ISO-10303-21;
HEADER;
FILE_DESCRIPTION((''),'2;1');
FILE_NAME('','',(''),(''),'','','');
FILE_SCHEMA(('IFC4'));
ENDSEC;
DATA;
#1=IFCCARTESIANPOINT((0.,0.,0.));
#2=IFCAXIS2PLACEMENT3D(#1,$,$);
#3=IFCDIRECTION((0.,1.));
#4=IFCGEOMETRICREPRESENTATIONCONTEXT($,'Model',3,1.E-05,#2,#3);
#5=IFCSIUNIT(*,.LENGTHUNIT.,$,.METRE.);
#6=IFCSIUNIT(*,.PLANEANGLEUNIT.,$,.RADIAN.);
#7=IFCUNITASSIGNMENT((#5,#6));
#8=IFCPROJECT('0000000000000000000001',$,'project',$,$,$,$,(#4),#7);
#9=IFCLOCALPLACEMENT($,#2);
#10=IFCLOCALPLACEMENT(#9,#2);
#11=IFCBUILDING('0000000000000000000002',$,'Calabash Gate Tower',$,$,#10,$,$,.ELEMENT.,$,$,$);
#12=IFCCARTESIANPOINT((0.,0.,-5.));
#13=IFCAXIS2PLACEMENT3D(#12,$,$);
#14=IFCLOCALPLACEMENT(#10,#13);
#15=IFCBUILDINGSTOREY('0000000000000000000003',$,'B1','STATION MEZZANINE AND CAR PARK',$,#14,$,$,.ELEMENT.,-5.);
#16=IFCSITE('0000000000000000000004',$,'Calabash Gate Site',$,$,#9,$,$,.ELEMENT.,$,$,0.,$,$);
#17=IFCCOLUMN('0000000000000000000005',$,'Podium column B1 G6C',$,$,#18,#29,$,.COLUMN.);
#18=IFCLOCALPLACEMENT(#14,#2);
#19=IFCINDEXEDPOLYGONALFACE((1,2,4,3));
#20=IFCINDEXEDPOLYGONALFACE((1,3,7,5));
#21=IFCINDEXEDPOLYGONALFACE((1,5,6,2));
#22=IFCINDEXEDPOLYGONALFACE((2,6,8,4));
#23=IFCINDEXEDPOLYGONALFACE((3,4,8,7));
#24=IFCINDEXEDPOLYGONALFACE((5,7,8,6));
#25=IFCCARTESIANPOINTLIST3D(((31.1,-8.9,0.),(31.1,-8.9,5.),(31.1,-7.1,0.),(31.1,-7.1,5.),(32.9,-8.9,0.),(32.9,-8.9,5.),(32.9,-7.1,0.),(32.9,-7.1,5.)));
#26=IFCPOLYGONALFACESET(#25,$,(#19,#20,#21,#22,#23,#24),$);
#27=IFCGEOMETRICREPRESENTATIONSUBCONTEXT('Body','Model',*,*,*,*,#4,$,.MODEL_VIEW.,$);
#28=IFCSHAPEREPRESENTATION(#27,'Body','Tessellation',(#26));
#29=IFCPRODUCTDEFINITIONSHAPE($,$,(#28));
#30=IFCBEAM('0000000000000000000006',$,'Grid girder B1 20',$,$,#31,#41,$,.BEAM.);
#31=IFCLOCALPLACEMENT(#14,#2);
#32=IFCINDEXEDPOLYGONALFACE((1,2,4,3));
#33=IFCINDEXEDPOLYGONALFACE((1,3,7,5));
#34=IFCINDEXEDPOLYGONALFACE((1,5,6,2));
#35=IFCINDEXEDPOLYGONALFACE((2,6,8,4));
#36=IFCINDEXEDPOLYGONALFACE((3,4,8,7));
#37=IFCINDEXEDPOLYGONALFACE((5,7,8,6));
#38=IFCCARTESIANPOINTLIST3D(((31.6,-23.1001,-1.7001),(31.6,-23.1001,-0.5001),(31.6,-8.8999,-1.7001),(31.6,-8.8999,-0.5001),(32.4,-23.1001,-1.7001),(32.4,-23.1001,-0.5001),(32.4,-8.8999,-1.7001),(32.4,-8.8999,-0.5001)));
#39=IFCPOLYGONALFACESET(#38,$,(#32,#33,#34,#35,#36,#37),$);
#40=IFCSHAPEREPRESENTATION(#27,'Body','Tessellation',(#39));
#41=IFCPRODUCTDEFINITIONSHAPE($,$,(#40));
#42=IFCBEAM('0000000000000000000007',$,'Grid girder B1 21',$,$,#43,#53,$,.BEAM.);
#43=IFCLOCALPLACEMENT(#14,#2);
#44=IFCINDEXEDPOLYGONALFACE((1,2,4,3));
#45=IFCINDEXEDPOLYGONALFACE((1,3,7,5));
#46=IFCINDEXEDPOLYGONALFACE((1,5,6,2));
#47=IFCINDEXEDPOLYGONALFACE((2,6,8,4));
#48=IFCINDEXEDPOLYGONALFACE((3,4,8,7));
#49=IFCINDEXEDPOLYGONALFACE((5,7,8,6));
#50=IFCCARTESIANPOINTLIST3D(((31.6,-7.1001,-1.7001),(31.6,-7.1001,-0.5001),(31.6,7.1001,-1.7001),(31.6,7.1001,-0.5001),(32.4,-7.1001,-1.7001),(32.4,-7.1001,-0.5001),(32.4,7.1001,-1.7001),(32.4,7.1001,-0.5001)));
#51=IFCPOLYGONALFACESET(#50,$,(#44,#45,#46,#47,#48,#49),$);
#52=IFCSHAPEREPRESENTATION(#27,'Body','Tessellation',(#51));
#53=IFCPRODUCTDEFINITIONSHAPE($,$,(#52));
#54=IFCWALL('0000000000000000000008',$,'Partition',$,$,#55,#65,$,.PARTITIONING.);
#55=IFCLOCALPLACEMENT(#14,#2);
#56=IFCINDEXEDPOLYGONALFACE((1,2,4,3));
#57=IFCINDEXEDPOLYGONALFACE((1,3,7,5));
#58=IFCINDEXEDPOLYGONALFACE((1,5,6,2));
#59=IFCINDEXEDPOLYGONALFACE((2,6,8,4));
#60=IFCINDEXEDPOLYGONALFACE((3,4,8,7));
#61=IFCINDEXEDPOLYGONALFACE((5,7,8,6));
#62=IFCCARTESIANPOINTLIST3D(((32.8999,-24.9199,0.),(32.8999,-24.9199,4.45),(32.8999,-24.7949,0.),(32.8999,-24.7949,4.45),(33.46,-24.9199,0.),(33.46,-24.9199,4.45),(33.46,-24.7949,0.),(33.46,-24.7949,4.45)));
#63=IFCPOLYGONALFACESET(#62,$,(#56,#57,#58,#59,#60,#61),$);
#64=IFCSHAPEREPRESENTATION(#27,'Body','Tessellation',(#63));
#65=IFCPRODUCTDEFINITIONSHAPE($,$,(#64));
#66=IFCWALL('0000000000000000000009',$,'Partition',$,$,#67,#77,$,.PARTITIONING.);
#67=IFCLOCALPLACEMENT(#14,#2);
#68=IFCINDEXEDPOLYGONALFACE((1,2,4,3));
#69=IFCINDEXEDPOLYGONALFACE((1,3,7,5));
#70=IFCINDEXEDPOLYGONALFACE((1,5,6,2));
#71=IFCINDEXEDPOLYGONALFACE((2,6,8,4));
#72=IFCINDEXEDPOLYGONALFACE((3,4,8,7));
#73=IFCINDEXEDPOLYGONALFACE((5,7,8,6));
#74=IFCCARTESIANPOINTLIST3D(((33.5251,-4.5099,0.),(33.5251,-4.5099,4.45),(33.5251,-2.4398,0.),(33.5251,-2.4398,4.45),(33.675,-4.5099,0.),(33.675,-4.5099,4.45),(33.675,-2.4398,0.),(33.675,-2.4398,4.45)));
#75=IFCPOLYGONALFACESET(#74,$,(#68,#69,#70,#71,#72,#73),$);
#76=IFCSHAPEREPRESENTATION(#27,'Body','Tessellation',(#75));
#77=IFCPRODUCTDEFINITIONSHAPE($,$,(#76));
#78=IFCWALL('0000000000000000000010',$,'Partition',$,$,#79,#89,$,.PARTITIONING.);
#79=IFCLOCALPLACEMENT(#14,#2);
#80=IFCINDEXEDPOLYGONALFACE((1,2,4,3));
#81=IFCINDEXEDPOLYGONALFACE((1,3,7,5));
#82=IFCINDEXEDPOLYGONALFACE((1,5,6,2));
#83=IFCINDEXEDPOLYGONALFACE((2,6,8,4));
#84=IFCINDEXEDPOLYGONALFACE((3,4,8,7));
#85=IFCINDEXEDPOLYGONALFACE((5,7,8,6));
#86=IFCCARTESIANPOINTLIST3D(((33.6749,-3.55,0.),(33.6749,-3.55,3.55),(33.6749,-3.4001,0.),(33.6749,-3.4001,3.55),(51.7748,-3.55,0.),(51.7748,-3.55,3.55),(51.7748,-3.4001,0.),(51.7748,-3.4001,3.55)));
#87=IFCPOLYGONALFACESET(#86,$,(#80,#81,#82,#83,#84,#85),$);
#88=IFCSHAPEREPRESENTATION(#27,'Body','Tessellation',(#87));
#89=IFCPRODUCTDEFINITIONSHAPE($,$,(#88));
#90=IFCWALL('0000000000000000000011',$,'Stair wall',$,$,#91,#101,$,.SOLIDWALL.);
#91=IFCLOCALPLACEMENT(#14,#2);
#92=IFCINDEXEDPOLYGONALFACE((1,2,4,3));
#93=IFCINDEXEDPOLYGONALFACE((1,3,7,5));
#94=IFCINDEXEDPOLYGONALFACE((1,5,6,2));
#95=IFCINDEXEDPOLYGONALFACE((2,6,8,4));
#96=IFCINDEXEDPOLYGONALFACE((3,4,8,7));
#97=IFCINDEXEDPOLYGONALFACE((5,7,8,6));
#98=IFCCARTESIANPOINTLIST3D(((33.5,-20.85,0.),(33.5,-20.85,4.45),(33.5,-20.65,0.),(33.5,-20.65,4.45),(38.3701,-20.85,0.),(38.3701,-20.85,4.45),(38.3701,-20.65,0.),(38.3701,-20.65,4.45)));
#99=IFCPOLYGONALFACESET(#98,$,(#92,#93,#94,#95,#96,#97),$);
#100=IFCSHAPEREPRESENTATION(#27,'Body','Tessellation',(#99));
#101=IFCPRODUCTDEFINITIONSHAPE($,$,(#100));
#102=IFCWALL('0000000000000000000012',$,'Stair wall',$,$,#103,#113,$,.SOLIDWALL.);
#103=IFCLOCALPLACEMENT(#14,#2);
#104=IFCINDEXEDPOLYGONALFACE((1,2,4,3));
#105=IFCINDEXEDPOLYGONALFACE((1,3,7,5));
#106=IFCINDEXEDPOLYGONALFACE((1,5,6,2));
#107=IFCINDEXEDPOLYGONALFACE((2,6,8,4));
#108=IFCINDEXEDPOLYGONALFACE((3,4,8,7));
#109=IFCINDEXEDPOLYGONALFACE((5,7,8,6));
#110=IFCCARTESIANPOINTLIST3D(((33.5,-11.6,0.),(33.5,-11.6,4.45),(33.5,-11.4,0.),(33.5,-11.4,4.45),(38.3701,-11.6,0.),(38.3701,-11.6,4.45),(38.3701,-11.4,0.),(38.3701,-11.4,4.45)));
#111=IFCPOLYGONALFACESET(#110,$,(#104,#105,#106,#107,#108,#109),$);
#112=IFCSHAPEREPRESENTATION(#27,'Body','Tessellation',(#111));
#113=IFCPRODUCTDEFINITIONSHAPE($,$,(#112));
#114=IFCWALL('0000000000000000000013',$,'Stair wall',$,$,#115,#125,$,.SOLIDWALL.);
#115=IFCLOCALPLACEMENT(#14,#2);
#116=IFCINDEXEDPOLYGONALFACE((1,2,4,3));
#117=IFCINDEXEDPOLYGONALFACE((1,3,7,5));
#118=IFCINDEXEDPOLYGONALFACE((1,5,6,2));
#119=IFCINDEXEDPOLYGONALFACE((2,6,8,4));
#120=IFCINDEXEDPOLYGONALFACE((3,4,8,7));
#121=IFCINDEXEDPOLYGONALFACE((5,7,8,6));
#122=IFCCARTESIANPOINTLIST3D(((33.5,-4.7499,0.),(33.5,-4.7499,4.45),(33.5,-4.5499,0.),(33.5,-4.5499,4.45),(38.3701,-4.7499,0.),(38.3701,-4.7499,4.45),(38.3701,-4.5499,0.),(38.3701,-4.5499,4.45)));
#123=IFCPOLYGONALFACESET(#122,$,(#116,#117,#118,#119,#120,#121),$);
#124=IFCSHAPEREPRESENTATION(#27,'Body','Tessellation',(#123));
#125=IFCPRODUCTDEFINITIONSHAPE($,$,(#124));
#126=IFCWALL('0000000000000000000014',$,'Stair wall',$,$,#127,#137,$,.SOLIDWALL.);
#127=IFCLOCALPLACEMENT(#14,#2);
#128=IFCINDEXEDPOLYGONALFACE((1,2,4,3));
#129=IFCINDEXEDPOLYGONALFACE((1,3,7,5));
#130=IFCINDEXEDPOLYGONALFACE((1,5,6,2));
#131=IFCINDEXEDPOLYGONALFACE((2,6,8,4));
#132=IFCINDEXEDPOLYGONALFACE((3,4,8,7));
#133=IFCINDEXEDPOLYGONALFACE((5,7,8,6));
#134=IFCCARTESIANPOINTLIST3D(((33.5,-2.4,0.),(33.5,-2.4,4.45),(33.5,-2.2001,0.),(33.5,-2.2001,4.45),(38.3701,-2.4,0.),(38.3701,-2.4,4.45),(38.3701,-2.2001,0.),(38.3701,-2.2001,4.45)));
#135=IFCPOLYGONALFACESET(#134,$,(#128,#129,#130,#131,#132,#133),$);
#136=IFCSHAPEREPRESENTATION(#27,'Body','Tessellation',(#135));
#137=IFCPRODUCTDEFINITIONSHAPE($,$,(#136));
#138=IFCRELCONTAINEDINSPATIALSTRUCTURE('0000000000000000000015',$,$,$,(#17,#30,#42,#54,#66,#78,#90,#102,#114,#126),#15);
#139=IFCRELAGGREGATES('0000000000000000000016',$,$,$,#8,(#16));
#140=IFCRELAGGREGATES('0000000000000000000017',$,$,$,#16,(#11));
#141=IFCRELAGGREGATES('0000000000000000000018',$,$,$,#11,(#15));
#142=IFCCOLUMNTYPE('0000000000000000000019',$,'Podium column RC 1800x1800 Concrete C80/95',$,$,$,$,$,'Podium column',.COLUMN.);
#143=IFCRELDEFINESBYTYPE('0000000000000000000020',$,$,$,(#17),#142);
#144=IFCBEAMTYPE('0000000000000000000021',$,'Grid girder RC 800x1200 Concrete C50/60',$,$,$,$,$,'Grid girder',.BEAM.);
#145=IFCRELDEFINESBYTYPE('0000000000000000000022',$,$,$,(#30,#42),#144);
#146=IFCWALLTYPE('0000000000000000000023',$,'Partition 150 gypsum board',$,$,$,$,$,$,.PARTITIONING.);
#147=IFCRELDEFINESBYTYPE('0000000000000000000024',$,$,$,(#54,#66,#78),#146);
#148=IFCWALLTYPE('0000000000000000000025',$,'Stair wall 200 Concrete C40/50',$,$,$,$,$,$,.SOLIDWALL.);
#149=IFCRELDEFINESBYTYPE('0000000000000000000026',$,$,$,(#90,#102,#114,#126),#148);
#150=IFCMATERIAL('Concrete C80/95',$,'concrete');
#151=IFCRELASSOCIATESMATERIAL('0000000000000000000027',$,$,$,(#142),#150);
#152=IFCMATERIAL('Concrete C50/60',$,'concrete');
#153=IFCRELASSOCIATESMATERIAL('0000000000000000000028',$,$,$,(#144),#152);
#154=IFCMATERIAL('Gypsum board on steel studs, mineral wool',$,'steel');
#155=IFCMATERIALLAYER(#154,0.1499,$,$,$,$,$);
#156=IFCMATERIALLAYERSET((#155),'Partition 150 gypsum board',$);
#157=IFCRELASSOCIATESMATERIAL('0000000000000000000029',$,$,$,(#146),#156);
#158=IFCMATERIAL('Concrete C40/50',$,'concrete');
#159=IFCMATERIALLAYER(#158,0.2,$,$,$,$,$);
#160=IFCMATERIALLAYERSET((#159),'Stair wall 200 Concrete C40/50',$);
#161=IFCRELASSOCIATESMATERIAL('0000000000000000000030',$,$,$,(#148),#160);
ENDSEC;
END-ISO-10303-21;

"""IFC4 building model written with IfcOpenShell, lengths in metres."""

from ifc_helpers import new_model, si_unit, direction, frame, frame_2d, origin, origin_2d, place, context, subcontext, project, spatial, rectangle, extrude, material, layer, layer_set, material_profile, profile_set, type_object, element, save


model = new_model("IFC4")

# Units and contexts
model_context = context("Model", 3, precision=1e-05, world=origin(), true_north=direction((0.0, 1.0)))
body_context = subcontext(model_context, "Body", "Model", "MODEL_VIEW")
ifc_project = project(units=[si_unit("LENGTHUNIT", "METRE"), si_unit("PLANEANGLEUNIT", "RADIAN")], contexts=[model_context])

# Site, building, storey
site_placement = place(None, origin())
site = spatial("IfcSite", under=ifc_project, at=site_placement, Name="Calabash Gate Site", CompositionType="ELEMENT", RefElevation=0.0)
building_placement = place(site_placement, origin())
building = spatial("IfcBuilding", under=site, at=building_placement, Name="Calabash Gate Tower", CompositionType="ELEMENT")
storey_placement = place(building_placement, frame((0.0, 0.0, -5.0)))
storey = spatial("IfcBuildingStorey", under=building, at=storey_placement, Name="B1", Description="STATION MEZZANINE AND CAR PARK", CompositionType="ELEMENT", Elevation=-5.0)

# Column
ifc_material_1 = material(Name="Concrete C80/95", Category="concrete")
ifc_material_profile_1 = material_profile(ifc_material_1, rectangle(XDim=1.8, YDim=1.8, at=origin_2d()))
ifc_profile_set_1 = profile_set([ifc_material_profile_1], Name="Concrete C80/95")
column_type = type_object("IfcColumnType", Name="Podium column RC 1800x1800 Concrete C80/95", ElementType="Podium column", PredefinedType="COLUMN", material=ifc_profile_set_1)
column_placement = place(storey_placement, frame((32.0, -8.0, 0.0), z_axis=(0.0, 0.0, 1.0), x_axis=(1.0, 0.0, 0.0)))
element("IfcColumn", 1, at=column_placement, inside=storey, type_object=column_type, Name="Podium column B1 G6C", PredefinedType="COLUMN", context=body_context, shape_type="SweptSolid", body=[
    extrude(rectangle(XDim=1.8, YDim=1.8, at=origin_2d()), origin(), (0.0, 0.0, 1.0), 5.0),
])

# Beams
ifc_material_2 = material(Name="Concrete C50/60", Category="concrete")
ifc_material_profile_2 = material_profile(ifc_material_2, rectangle(XDim=0.8, YDim=1.2, at=origin_2d()))
ifc_profile_set_2 = profile_set([ifc_material_profile_2], Name="Concrete C50/60")
beam_type = type_object("IfcBeamType", Name="Grid girder RC 800x1200 Concrete C50/60", ElementType="Grid girder", PredefinedType="BEAM", material=ifc_profile_set_2)
for number, where, z_axis, x_axis, name in (
    (2, (32.0, -23.1001, -1.1001), (0.0, 1.0, 0.0), (-1.0, 0.0, 0.0), "Grid girder B1 20"),
    (3, (32.0, -7.1001, -1.1001), (0.0, 1.0, 0.0), (-1.0, 0.0, 0.0), "Grid girder B1 21"),
):
    element("IfcBeam", number, at=place(storey_placement, frame(where, z_axis=z_axis, x_axis=x_axis)), inside=storey, type_object=beam_type, Name=name, PredefinedType="BEAM", context=body_context, shape_type="SweptSolid", body=[
        extrude(rectangle(XDim=0.8, YDim=1.2, at=origin_2d()), origin(), (0.0, 0.0, 1.0), 14.2002),
    ])

# Walls
ifc_material_3 = material(Name="Gypsum board on steel studs, mineral wool", Category="steel")
ifc_layer_1 = layer(ifc_material_3, 0.1499)
ifc_layer_set_1 = layer_set([ifc_layer_1], Name="Partition 150 gypsum board")
wall_type_1 = type_object("IfcWallType", Name="Partition 150 gypsum board", PredefinedType="PARTITIONING", material=ifc_layer_set_1)
wall_1_placement = place(storey_placement, frame((32.8999, -24.8574, 0.0), z_axis=(0.0, 0.0, 1.0), x_axis=(1.0, 0.0, 0.0)))
element("IfcWall", 4, at=wall_1_placement, inside=storey, type_object=wall_type_1, Name="Partition", PredefinedType="PARTITIONING", context=body_context, shape_type="SweptSolid", body=[
    extrude(rectangle(XDim=0.5601, YDim=0.125, at=frame_2d((0.28, 0.0))), origin(), (0.0, 0.0, 1.0), 4.45),
])
wall_2_placement = place(storey_placement, frame((33.6001, -4.51, 0.0), z_axis=(0.0, 0.0, 1.0), x_axis=(0.0, 1.0, 0.0)))
element("IfcWall", 5, at=wall_2_placement, inside=storey, type_object=wall_type_1, Name="Partition", PredefinedType="PARTITIONING", context=body_context, shape_type="SweptSolid", body=[
    extrude(rectangle(XDim=2.0701, YDim=0.1499, at=frame_2d((1.0352, 0.0))), origin(), (0.0, 0.0, 1.0), 4.45),
])
wall_3_placement = place(storey_placement, frame((33.675, -3.4751, 0.0), z_axis=(0.0, 0.0, 1.0), x_axis=(1.0, 0.0, 0.0)))
element("IfcWall", 6, at=wall_3_placement, inside=storey, type_object=wall_type_1, Name="Partition", PredefinedType="PARTITIONING", context=body_context, shape_type="SweptSolid", body=[
    extrude(rectangle(XDim=18.0999, YDim=0.1499, at=frame_2d((9.0498, 0.0))), origin(), (0.0, 0.0, 1.0), 3.55),
])
ifc_material_4 = material(Name="Concrete C40/50", Category="concrete")
ifc_layer_2 = layer(ifc_material_4, 0.2)
ifc_layer_set_2 = layer_set([ifc_layer_2], Name="Stair wall 200 Concrete C40/50")
wall_type_2 = type_object("IfcWallType", Name="Stair wall 200 Concrete C40/50", PredefinedType="SOLIDWALL", material=ifc_layer_set_2)
wall_4_placement = place(storey_placement, frame((33.5, -20.75, 0.0), z_axis=(0.0, 0.0, 1.0), x_axis=(1.0, 0.0, 0.0)))
element("IfcWall", 7, at=wall_4_placement, inside=storey, type_object=wall_type_2, Name="Stair wall", PredefinedType="SOLIDWALL", context=body_context, shape_type="SweptSolid", body=[
    extrude(rectangle(XDim=4.8701, YDim=0.2, at=frame_2d((2.4351, 0.0))), origin(), (0.0, 0.0, 1.0), 4.45),
])

# Walls
for number, where, z_axis, x_axis, name in (
    (8, (33.5, -11.5, 0.0), (0.0, 0.0, 1.0), (1.0, 0.0, 0.0), "Stair wall"),
    (9, (33.5, -4.6499, 0.0), (0.0, 0.0, 1.0), (1.0, 0.0, 0.0), "Stair wall"),
):
    element("IfcWall", number, at=place(storey_placement, frame(where, z_axis=z_axis, x_axis=x_axis)), inside=storey, type_object=wall_type_2, Name=name, PredefinedType="SOLIDWALL", context=body_context, shape_type="SweptSolid", body=[
        extrude(rectangle(XDim=4.8701, YDim=0.2, at=frame_2d((2.4351, 0.0))), origin(), (0.0, 0.0, 1.0), 4.45),
    ])

# Wall
wall_5_placement = place(storey_placement, frame((33.5, -2.3, 0.0), z_axis=(0.0, 0.0, 1.0), x_axis=(1.0, 0.0, 0.0)))
element("IfcWall", 10, at=wall_5_placement, inside=storey, type_object=wall_type_2, Name="Stair wall", PredefinedType="SOLIDWALL", context=body_context, shape_type="SweptSolid", body=[
    extrude(rectangle(XDim=4.8701, YDim=0.2, at=frame_2d((2.4351, 0.0))), origin(), (0.0, 0.0, 1.0), 4.45),
])

save(model, "model.ifc")
